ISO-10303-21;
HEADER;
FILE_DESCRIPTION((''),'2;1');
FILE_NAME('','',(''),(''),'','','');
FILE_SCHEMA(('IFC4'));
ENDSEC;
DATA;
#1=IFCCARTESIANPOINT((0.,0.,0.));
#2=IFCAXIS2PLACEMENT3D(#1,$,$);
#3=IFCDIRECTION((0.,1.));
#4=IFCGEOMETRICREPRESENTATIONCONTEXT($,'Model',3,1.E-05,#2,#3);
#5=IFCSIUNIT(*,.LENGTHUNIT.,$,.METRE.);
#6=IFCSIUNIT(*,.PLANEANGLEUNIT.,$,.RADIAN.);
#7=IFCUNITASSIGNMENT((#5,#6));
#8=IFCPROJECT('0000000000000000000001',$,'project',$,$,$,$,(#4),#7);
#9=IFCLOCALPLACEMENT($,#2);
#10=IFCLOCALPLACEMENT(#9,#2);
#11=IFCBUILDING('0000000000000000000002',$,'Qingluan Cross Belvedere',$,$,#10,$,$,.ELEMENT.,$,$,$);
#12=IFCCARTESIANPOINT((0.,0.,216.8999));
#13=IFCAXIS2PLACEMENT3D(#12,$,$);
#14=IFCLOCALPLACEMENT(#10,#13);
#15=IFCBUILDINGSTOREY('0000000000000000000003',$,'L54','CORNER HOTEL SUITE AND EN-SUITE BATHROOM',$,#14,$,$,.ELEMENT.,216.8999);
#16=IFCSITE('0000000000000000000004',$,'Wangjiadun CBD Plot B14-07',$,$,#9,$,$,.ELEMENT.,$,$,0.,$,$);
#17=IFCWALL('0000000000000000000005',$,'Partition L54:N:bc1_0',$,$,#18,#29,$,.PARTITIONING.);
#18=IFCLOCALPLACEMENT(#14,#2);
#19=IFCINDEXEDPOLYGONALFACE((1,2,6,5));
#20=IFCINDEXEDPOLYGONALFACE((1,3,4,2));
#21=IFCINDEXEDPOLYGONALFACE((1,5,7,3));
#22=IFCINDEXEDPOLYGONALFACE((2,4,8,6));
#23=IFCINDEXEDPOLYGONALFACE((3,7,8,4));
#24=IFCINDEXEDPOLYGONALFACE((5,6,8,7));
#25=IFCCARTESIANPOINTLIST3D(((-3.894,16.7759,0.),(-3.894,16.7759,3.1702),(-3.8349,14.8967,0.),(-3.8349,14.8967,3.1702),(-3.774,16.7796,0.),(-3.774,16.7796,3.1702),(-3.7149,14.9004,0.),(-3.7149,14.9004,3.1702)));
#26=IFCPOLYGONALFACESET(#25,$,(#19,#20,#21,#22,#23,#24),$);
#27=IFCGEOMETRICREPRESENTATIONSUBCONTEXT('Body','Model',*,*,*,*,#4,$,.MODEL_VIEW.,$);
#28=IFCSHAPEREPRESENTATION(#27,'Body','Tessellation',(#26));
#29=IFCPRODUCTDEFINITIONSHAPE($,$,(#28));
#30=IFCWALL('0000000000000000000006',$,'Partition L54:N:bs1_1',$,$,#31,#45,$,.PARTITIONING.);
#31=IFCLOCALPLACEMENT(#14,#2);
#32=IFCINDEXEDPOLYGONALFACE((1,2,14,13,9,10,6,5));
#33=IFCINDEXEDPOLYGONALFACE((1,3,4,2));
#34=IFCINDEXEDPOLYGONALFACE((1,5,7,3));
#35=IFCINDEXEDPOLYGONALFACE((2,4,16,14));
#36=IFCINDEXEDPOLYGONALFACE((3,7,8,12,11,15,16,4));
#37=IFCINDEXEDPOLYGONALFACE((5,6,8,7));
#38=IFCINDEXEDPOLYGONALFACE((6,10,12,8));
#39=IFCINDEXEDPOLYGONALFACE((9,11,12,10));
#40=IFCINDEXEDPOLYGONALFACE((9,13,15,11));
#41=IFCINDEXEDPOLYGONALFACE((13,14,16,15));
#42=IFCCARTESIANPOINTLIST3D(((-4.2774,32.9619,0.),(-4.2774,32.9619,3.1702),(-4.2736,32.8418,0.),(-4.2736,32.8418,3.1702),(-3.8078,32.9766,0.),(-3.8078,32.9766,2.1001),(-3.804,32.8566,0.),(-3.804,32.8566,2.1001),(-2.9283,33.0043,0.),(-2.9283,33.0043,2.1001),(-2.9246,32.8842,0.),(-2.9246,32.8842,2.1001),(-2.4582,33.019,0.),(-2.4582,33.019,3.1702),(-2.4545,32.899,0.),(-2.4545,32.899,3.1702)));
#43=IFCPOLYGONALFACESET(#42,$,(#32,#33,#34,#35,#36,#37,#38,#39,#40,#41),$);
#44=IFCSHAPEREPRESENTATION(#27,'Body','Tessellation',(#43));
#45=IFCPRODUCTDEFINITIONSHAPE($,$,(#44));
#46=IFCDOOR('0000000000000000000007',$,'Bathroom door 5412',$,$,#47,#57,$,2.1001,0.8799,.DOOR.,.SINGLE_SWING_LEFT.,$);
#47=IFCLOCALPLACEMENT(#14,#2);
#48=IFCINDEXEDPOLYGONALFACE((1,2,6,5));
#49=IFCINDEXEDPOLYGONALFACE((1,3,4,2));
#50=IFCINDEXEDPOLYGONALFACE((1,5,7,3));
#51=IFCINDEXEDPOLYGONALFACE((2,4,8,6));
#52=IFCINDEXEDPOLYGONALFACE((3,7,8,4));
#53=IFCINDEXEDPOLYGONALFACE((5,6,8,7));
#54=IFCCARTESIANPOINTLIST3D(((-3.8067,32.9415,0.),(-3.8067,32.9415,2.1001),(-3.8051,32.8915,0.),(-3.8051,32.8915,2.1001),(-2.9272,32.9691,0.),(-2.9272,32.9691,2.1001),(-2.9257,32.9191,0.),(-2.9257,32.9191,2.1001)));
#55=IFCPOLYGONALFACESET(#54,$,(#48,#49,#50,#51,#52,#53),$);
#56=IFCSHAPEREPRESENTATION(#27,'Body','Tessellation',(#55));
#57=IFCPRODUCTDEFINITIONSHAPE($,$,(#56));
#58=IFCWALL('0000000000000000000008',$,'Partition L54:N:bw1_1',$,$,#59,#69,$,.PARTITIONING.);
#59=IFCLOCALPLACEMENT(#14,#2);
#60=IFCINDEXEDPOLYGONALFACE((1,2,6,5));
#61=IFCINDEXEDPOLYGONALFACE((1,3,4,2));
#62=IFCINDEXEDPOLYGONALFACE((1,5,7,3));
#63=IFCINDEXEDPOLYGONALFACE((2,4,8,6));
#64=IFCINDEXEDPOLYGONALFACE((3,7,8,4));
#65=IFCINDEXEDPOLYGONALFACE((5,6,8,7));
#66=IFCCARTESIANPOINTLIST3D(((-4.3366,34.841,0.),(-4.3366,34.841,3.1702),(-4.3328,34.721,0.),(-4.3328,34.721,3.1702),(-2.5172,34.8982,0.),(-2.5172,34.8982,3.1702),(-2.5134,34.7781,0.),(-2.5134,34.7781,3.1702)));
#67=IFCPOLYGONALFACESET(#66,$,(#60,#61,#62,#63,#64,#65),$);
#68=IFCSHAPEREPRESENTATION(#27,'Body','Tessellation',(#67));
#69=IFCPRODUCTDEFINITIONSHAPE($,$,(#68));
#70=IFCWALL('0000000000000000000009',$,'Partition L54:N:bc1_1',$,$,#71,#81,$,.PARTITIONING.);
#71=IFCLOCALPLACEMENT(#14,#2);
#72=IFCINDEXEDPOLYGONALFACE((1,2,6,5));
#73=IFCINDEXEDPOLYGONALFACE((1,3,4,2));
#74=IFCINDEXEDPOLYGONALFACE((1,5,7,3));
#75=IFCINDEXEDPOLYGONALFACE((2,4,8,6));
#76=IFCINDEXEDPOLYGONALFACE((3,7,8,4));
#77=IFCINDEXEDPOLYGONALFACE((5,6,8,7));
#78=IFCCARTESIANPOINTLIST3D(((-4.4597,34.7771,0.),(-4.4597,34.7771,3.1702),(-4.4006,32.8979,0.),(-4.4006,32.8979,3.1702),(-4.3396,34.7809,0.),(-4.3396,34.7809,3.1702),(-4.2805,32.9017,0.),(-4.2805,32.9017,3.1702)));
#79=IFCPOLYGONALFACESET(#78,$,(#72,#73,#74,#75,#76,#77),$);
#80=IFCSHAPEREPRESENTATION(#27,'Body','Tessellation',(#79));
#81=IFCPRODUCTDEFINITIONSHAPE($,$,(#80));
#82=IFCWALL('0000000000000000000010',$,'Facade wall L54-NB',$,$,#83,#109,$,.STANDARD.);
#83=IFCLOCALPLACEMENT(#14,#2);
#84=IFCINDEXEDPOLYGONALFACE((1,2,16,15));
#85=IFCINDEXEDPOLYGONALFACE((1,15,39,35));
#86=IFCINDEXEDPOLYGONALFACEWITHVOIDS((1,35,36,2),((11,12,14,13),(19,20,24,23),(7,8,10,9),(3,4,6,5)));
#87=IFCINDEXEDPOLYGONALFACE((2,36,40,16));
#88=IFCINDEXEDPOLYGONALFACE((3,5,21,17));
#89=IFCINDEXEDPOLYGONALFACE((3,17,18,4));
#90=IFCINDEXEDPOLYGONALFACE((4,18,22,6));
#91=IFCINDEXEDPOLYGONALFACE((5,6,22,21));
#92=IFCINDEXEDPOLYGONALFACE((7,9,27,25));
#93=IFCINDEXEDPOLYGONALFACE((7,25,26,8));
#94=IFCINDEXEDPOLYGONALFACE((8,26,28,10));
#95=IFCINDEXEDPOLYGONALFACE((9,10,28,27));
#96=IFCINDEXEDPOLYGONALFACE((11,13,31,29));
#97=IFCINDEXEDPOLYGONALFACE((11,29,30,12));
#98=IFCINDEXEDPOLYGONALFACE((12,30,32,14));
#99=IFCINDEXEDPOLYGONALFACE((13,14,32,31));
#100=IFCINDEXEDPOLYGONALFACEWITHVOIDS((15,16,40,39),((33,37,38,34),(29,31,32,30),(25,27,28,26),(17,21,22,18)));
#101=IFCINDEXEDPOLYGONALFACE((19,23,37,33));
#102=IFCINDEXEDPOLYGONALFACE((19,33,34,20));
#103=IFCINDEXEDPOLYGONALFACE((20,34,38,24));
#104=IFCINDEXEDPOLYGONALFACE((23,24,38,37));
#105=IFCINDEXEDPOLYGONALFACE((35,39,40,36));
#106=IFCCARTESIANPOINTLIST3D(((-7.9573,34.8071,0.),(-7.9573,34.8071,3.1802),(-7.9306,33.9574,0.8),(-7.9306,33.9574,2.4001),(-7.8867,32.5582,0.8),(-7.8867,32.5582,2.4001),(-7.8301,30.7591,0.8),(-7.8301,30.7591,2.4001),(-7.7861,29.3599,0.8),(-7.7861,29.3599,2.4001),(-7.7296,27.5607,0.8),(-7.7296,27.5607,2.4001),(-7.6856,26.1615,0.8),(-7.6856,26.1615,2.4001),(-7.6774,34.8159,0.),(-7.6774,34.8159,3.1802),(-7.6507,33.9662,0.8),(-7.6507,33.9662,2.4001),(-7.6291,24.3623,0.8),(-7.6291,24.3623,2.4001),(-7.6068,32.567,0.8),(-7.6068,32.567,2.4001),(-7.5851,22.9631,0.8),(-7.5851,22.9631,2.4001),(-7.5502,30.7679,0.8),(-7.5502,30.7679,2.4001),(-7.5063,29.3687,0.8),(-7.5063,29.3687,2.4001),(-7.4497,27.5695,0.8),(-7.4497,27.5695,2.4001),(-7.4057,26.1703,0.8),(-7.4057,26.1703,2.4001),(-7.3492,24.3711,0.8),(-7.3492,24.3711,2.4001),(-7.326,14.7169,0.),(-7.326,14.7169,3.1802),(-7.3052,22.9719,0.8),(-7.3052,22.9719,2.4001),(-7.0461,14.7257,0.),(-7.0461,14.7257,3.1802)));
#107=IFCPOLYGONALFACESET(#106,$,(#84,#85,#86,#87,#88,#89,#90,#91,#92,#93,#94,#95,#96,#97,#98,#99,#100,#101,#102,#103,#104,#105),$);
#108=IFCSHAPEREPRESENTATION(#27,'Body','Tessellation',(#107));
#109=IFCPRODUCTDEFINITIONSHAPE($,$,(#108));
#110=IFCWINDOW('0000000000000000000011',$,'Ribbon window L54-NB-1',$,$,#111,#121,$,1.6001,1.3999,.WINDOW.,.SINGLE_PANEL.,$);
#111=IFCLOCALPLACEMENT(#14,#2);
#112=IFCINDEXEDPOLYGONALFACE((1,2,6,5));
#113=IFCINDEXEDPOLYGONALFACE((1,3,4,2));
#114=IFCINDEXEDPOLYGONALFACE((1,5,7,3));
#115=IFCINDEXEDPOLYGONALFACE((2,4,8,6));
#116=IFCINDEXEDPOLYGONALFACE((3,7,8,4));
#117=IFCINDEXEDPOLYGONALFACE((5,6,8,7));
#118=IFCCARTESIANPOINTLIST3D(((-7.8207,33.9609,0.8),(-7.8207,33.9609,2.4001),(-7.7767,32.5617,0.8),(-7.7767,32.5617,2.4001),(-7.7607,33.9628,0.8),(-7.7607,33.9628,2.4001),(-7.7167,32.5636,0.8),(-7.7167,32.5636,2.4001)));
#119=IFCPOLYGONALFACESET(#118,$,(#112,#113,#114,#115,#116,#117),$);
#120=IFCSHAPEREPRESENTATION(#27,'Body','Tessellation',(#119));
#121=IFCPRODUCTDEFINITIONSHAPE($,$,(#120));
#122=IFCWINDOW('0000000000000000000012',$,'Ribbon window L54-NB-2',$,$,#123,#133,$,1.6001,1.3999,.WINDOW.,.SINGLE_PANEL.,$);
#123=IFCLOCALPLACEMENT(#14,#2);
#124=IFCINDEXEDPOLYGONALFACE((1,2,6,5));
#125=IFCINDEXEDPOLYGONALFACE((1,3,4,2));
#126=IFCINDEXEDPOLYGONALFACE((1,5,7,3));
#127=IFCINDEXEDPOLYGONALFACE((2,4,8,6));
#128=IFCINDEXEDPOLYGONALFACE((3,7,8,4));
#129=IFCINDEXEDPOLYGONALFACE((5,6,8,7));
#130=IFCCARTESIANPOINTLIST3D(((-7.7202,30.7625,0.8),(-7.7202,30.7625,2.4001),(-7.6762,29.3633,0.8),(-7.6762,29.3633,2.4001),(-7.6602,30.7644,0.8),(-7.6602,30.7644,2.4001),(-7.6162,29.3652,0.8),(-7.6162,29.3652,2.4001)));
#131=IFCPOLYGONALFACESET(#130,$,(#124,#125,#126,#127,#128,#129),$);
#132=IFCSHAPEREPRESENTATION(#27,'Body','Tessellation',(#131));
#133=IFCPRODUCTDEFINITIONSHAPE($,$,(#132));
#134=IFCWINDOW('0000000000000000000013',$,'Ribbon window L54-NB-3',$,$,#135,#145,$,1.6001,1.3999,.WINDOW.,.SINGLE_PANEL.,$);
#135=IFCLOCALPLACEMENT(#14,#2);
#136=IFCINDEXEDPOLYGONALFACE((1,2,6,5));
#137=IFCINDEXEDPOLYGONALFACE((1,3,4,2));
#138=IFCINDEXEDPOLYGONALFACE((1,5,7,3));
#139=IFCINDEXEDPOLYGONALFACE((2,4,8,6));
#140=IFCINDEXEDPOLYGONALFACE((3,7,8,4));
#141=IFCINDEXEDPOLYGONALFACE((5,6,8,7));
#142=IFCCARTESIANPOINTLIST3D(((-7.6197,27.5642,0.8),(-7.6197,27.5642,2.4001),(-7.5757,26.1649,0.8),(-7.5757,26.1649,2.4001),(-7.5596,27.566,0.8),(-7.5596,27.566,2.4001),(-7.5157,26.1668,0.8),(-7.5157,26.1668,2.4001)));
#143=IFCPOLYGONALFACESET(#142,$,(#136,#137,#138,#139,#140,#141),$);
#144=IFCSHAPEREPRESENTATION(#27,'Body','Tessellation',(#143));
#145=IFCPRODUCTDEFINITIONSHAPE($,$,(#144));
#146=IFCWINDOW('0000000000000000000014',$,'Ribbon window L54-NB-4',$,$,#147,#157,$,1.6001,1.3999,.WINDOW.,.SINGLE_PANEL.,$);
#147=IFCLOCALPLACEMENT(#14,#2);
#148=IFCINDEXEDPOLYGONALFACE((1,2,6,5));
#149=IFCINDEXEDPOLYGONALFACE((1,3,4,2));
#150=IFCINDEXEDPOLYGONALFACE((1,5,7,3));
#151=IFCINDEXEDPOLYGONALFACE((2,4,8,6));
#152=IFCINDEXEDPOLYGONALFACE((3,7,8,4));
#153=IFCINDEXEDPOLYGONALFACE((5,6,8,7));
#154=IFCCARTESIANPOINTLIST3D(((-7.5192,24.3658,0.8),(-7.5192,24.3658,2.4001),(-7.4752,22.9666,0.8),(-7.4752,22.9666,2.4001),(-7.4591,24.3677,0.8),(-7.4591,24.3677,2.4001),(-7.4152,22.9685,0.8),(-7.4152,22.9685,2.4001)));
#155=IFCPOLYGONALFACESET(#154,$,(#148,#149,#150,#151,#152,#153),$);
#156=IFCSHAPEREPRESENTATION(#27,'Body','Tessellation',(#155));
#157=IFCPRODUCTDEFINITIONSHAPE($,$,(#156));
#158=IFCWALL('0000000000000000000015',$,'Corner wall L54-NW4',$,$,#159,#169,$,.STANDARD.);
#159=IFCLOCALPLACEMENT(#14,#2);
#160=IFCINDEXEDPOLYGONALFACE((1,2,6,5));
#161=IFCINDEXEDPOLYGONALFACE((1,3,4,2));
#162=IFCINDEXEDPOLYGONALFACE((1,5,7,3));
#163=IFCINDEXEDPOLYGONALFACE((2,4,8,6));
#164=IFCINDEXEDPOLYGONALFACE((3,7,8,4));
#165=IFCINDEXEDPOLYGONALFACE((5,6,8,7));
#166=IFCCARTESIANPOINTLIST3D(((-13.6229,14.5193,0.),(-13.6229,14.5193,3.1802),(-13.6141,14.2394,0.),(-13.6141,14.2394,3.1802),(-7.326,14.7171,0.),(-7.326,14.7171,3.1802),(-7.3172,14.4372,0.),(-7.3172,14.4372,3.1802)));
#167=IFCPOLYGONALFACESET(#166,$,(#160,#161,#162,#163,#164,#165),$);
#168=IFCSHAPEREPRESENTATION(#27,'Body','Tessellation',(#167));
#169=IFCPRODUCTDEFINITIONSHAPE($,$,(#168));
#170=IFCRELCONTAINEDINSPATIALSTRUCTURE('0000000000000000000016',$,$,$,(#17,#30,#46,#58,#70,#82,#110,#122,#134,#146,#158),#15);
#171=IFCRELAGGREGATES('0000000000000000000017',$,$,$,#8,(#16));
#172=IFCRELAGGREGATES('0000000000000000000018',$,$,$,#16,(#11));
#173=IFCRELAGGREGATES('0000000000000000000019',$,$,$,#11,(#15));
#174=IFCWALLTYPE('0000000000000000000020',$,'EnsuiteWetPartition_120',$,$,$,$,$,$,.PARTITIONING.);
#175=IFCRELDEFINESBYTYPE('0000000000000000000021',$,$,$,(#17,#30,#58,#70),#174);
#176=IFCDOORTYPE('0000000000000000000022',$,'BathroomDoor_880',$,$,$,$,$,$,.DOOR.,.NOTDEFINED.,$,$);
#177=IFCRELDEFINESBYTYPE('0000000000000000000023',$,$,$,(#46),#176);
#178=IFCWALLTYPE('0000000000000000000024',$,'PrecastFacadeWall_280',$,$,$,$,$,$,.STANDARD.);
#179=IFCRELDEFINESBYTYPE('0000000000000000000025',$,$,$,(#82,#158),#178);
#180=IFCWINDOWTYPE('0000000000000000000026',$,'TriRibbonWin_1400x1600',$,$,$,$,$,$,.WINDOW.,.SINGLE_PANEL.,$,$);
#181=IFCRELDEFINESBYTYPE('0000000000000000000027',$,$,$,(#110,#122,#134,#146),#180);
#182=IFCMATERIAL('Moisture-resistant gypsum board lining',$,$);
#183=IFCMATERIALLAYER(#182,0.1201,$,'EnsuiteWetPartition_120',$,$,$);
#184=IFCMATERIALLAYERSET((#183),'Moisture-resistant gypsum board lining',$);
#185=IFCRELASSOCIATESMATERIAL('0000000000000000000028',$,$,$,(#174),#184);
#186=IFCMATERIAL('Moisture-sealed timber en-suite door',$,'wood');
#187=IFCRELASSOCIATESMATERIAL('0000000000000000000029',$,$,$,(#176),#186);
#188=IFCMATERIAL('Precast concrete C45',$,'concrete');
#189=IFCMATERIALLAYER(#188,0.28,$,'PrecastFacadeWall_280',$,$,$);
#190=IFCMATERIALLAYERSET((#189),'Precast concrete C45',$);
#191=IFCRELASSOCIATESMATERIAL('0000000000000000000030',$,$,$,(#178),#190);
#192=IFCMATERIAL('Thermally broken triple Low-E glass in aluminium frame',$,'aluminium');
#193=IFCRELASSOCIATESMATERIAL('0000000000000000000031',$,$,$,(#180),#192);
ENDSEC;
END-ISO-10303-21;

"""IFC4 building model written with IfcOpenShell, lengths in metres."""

from ifc_helpers import new_model, si_unit, direction, frame, frame_2d, origin, place, context, subcontext, project, spatial, rectangle, extrude, material, layer, layer_set, type_object, element, fill, save


model = new_model("IFC4")

# Units and contexts
model_context = context("Model", 3, precision=1e-05, world=origin(), true_north=direction((0.0, 1.0)))
body_context = subcontext(model_context, "Body", "Model", "MODEL_VIEW")
ifc_project = project(units=[si_unit("LENGTHUNIT", "METRE"), si_unit("PLANEANGLEUNIT", "RADIAN")], contexts=[model_context])

# Site, building, storey
site_placement = place(None, origin())
site = spatial("IfcSite", under=ifc_project, at=site_placement, Name="Wangjiadun CBD Plot B14-07", CompositionType="ELEMENT", RefElevation=0.0)
building_placement = place(site_placement, origin())
building = spatial("IfcBuilding", under=site, at=building_placement, Name="Qingluan Cross Belvedere", CompositionType="ELEMENT")
storey_placement = place(building_placement, frame((0.0, 0.0, 216.8999)))
storey = spatial("IfcBuildingStorey", under=building, at=storey_placement, Name="L54", Description="CORNER HOTEL SUITE AND EN-SUITE BATHROOM", CompositionType="ELEMENT", Elevation=216.8999)

# Shared definitions
ifc_material_1 = material(Name="Moisture-resistant gypsum board lining")
ifc_layer_1 = layer(ifc_material_1, 0.1201, Name="EnsuiteWetPartition_120")
ifc_layer_set_1 = layer_set([ifc_layer_1], Name="Moisture-resistant gypsum board lining")
wall_type_1 = type_object("IfcWallType", Name="EnsuiteWetPartition_120", PredefinedType="PARTITIONING", material=ifc_layer_set_1)
ifc_material_2 = material(Name="Moisture-sealed timber en-suite door", Category="wood")
door_type = type_object("IfcDoorType", Name="BathroomDoor_880", OperationType="NOTDEFINED", PredefinedType="DOOR", material=ifc_material_2)

# Wall
wall_1_placement = place(storey_placement, frame((-3.7749, 14.8987, 0.0), z_axis=(0.0, 0.0, 1.0), x_axis=(-0.031425, 0.999506, 0.0)))
element("IfcWall", 1, at=wall_1_placement, inside=storey, type_object=wall_type_1, Name="Partition L54:N:bc1_0", PredefinedType="PARTITIONING", context=body_context, shape_type="SweptSolid", body=[
    extrude(rectangle(XDim=1.8801, YDim=0.1201, at=frame_2d((0.9399, 0.0))), origin(), (0.0, 0.0, 1.0), 3.1702),
])

# Wall, opening, door
wall_2_placement = place(storey_placement, frame((-4.2756, 32.9019, 0.0), z_axis=(0.0, 0.0, 1.0), x_axis=(0.999507, 0.03139, 0.0)))
wall_2 = element("IfcWall", 2, at=wall_2_placement, inside=storey, type_object=wall_type_1, Name="Partition L54:N:bs1_1", PredefinedType="PARTITIONING", context=body_context, shape_type="SweptSolid", body=[
    extrude(rectangle(XDim=1.8201, YDim=0.1201, at=frame_2d((0.9102, 0.0))), origin(), (0.0, 0.0, 1.0), 3.1702),
])
opening_1_placement = place(wall_2_placement, frame((0.47, 0.0, 0.0)))
opening_1 = element("IfcOpeningElement", 3, at=opening_1_placement, cuts=wall_2, PredefinedType="OPENING", context=body_context, shape_type="SweptSolid", body=[
    extrude(rectangle(XDim=0.8799, YDim=2.1001, at=frame_2d((0.4399, 1.05))), frame((0.0, 0.0701, 0.0), z_axis=(0.0, -1.0, 0.0), x_axis=(1.0, 0.0, 0.0)), (0.0, 0.0, 1.0), 0.1401),
])
door_1_placement = place(opening_1_placement, origin())
door_1 = element("IfcDoor", 4, at=door_1_placement, inside=storey, type_object=door_type, Name="Bathroom door 5412", OperationType="SINGLE_SWING_LEFT", OverallHeight=2.1001, OverallWidth=0.8799, PredefinedType="DOOR", context=body_context, shape_type="SweptSolid", body=[
    extrude(rectangle(XDim=0.8799, YDim=2.1001, at=frame_2d((0.4399, 1.05))), frame((0.0, 0.0249, 0.0), z_axis=(0.0, -1.0, 0.0), x_axis=(1.0, 0.0, 0.0)), (0.0, 0.0, 1.0), 0.05),
])
fill(opening_1, door_1)

# Walls
wall_3_placement = place(storey_placement, frame((-4.3347, 34.781, 0.0), z_axis=(0.0, 0.0, 1.0), x_axis=(0.999507, 0.031385, 0.0)))
element("IfcWall", 5, at=wall_3_placement, inside=storey, type_object=wall_type_1, Name="Partition L54:N:bw1_1", PredefinedType="PARTITIONING", context=body_context, shape_type="SweptSolid", body=[
    extrude(rectangle(XDim=1.8203, YDim=0.1201, at=frame_2d((0.9102, 0.0))), origin(), (0.0, 0.0, 1.0), 3.1702),
])
wall_4_placement = place(storey_placement, frame((-4.3406, 32.8999, 0.0), z_axis=(0.0, 0.0, 1.0), x_axis=(-0.031425, 0.999506, 0.0)))
element("IfcWall", 6, at=wall_4_placement, inside=storey, type_object=wall_type_1, Name="Partition L54:N:bc1_1", PredefinedType="PARTITIONING", context=body_context, shape_type="SweptSolid", body=[
    extrude(rectangle(XDim=1.8801, YDim=0.1201, at=frame_2d((0.9399, 0.0))), origin(), (0.0, 0.0, 1.0), 3.1702),
])

# Wall, openings, windows
ifc_material_3 = material(Name="Precast concrete C45", Category="concrete")
ifc_layer_2 = layer(ifc_material_3, 0.28, Name="PrecastFacadeWall_280")
ifc_layer_set_2 = layer_set([ifc_layer_2], Name="Precast concrete C45")
wall_type_2 = type_object("IfcWallType", Name="PrecastFacadeWall_280", PredefinedType="STANDARD", material=ifc_layer_set_2)
wall_5_placement = place(storey_placement, frame((-7.8174, 34.8115, 0.0), z_axis=(0.0, 0.0, 1.0), x_axis=(0.03141, -0.999507, 0.0)))
wall_5 = element("IfcWall", 7, at=wall_5_placement, inside=storey, type_object=wall_type_2, Name="Facade wall L54-NB", PredefinedType="STANDARD", context=body_context, shape_type="SweptSolid", body=[
    extrude(rectangle(XDim=20.1001, YDim=0.28, at=frame_2d((10.05, 0.0))), origin(), (0.0, 0.0, 1.0), 3.1802),
])
opening_2_placement = place(wall_5_placement, frame((0.8501, 0.0, 0.8)))
opening_2 = element("IfcOpeningElement", 8, at=opening_2_placement, cuts=wall_5, PredefinedType="OPENING", context=body_context, shape_type="SweptSolid", body=[
    extrude(rectangle(XDim=1.3999, YDim=1.6001, at=frame_2d((0.7, 0.8))), frame((0.0, 0.1499, 0.0), z_axis=(0.0, -1.0, 0.0), x_axis=(1.0, 0.0, 0.0)), (0.0, 0.0, 1.0), 0.3),
])
opening_3_placement = place(wall_5_placement, frame((4.05, 0.0, 0.8)))
opening_3 = element("IfcOpeningElement", 9, at=opening_3_placement, cuts=wall_5, PredefinedType="OPENING", context=body_context, shape_type="SweptSolid", body=[
    extrude(rectangle(XDim=1.3999, YDim=1.6001, at=frame_2d((0.7, 0.8))), frame((0.0, 0.1499, 0.0), z_axis=(0.0, -1.0, 0.0), x_axis=(1.0, 0.0, 0.0)), (0.0, 0.0, 1.0), 0.3),
])
opening_4_placement = place(wall_5_placement, frame((7.25, 0.0, 0.8)))
opening_4 = element("IfcOpeningElement", 10, at=opening_4_placement, cuts=wall_5, PredefinedType="OPENING", context=body_context, shape_type="SweptSolid", body=[
    extrude(rectangle(XDim=1.3999, YDim=1.6001, at=frame_2d((0.7, 0.8))), frame((0.0, 0.1499, 0.0), z_axis=(0.0, -1.0, 0.0), x_axis=(1.0, 0.0, 0.0)), (0.0, 0.0, 1.0), 0.3),
])
opening_5_placement = place(wall_5_placement, frame((10.45, 0.0, 0.8)))
opening_5 = element("IfcOpeningElement", 11, at=opening_5_placement, cuts=wall_5, PredefinedType="OPENING", context=body_context, shape_type="SweptSolid", body=[
    extrude(rectangle(XDim=1.3999, YDim=1.6001, at=frame_2d((0.7, 0.8))), frame((0.0, 0.1499, 0.0), z_axis=(0.0, -1.0, 0.0), x_axis=(1.0, 0.0, 0.0)), (0.0, 0.0, 1.0), 0.3),
])
ifc_material_4 = material(Name="Thermally broken triple Low-E glass in aluminium frame", Category="aluminium")
window_type = type_object("IfcWindowType", Name="TriRibbonWin_1400x1600", PartitioningType="SINGLE_PANEL", PredefinedType="WINDOW", material=ifc_material_4)
window_1_placement = place(opening_2_placement, origin())
window_1 = element("IfcWindow", 12, at=window_1_placement, inside=storey, type_object=window_type, Name="Ribbon window L54-NB-1", OverallHeight=1.6001, OverallWidth=1.3999, PartitioningType="SINGLE_PANEL", PredefinedType="WINDOW", context=body_context, shape_type="SweptSolid", body=[
    extrude(rectangle(XDim=1.3999, YDim=1.6001, at=frame_2d((0.7, 0.8))), frame((0.0, 0.03, 0.0), z_axis=(0.0, -1.0, 0.0), x_axis=(1.0, 0.0, 0.0)), (0.0, 0.0, 1.0), 0.0601),
])
fill(opening_2, window_1)
window_2_placement = place(opening_3_placement, origin())
window_2 = element("IfcWindow", 13, at=window_2_placement, inside=storey, type_object=window_type, Name="Ribbon window L54-NB-2", OverallHeight=1.6001, OverallWidth=1.3999, PartitioningType="SINGLE_PANEL", PredefinedType="WINDOW", context=body_context, shape_type="SweptSolid", body=[
    extrude(rectangle(XDim=1.3999, YDim=1.6001, at=frame_2d((0.7, 0.8))), frame((0.0, 0.03, 0.0), z_axis=(0.0, -1.0, 0.0), x_axis=(1.0, 0.0, 0.0)), (0.0, 0.0, 1.0), 0.0601),
])
fill(opening_3, window_2)
window_3_placement = place(opening_4_placement, origin())
window_3 = element("IfcWindow", 14, at=window_3_placement, inside=storey, type_object=window_type, Name="Ribbon window L54-NB-3", OverallHeight=1.6001, OverallWidth=1.3999, PartitioningType="SINGLE_PANEL", PredefinedType="WINDOW", context=body_context, shape_type="SweptSolid", body=[
    extrude(rectangle(XDim=1.3999, YDim=1.6001, at=frame_2d((0.7, 0.8))), frame((0.0, 0.03, 0.0), z_axis=(0.0, -1.0, 0.0), x_axis=(1.0, 0.0, 0.0)), (0.0, 0.0, 1.0), 0.0601),
])
fill(opening_4, window_3)
window_4_placement = place(opening_5_placement, origin())
window_4 = element("IfcWindow", 15, at=window_4_placement, inside=storey, type_object=window_type, Name="Ribbon window L54-NB-4", OverallHeight=1.6001, OverallWidth=1.3999, PartitioningType="SINGLE_PANEL", PredefinedType="WINDOW", context=body_context, shape_type="SweptSolid", body=[
    extrude(rectangle(XDim=1.3999, YDim=1.6001, at=frame_2d((0.7, 0.8))), frame((0.0, 0.03, 0.0), z_axis=(0.0, -1.0, 0.0), x_axis=(1.0, 0.0, 0.0)), (0.0, 0.0, 1.0), 0.0601),
])
fill(opening_5, window_4)

# Wall
wall_6_placement = place(storey_placement, frame((-13.6184, 14.3794, 0.0), z_axis=(0.0, 0.0, 1.0), x_axis=(0.999507, 0.03139, 0.0)))
element("IfcWall", 16, at=wall_6_placement, inside=storey, type_object=wall_type_2, Name="Corner wall L54-NW4", PredefinedType="STANDARD", context=body_context, shape_type="SweptSolid", body=[
    extrude(rectangle(XDim=6.3, YDim=0.28, at=frame_2d((3.1499, 0.0))), origin(), (0.0, 0.0, 1.0), 3.1802),
])

save(model, "model.ifc")
